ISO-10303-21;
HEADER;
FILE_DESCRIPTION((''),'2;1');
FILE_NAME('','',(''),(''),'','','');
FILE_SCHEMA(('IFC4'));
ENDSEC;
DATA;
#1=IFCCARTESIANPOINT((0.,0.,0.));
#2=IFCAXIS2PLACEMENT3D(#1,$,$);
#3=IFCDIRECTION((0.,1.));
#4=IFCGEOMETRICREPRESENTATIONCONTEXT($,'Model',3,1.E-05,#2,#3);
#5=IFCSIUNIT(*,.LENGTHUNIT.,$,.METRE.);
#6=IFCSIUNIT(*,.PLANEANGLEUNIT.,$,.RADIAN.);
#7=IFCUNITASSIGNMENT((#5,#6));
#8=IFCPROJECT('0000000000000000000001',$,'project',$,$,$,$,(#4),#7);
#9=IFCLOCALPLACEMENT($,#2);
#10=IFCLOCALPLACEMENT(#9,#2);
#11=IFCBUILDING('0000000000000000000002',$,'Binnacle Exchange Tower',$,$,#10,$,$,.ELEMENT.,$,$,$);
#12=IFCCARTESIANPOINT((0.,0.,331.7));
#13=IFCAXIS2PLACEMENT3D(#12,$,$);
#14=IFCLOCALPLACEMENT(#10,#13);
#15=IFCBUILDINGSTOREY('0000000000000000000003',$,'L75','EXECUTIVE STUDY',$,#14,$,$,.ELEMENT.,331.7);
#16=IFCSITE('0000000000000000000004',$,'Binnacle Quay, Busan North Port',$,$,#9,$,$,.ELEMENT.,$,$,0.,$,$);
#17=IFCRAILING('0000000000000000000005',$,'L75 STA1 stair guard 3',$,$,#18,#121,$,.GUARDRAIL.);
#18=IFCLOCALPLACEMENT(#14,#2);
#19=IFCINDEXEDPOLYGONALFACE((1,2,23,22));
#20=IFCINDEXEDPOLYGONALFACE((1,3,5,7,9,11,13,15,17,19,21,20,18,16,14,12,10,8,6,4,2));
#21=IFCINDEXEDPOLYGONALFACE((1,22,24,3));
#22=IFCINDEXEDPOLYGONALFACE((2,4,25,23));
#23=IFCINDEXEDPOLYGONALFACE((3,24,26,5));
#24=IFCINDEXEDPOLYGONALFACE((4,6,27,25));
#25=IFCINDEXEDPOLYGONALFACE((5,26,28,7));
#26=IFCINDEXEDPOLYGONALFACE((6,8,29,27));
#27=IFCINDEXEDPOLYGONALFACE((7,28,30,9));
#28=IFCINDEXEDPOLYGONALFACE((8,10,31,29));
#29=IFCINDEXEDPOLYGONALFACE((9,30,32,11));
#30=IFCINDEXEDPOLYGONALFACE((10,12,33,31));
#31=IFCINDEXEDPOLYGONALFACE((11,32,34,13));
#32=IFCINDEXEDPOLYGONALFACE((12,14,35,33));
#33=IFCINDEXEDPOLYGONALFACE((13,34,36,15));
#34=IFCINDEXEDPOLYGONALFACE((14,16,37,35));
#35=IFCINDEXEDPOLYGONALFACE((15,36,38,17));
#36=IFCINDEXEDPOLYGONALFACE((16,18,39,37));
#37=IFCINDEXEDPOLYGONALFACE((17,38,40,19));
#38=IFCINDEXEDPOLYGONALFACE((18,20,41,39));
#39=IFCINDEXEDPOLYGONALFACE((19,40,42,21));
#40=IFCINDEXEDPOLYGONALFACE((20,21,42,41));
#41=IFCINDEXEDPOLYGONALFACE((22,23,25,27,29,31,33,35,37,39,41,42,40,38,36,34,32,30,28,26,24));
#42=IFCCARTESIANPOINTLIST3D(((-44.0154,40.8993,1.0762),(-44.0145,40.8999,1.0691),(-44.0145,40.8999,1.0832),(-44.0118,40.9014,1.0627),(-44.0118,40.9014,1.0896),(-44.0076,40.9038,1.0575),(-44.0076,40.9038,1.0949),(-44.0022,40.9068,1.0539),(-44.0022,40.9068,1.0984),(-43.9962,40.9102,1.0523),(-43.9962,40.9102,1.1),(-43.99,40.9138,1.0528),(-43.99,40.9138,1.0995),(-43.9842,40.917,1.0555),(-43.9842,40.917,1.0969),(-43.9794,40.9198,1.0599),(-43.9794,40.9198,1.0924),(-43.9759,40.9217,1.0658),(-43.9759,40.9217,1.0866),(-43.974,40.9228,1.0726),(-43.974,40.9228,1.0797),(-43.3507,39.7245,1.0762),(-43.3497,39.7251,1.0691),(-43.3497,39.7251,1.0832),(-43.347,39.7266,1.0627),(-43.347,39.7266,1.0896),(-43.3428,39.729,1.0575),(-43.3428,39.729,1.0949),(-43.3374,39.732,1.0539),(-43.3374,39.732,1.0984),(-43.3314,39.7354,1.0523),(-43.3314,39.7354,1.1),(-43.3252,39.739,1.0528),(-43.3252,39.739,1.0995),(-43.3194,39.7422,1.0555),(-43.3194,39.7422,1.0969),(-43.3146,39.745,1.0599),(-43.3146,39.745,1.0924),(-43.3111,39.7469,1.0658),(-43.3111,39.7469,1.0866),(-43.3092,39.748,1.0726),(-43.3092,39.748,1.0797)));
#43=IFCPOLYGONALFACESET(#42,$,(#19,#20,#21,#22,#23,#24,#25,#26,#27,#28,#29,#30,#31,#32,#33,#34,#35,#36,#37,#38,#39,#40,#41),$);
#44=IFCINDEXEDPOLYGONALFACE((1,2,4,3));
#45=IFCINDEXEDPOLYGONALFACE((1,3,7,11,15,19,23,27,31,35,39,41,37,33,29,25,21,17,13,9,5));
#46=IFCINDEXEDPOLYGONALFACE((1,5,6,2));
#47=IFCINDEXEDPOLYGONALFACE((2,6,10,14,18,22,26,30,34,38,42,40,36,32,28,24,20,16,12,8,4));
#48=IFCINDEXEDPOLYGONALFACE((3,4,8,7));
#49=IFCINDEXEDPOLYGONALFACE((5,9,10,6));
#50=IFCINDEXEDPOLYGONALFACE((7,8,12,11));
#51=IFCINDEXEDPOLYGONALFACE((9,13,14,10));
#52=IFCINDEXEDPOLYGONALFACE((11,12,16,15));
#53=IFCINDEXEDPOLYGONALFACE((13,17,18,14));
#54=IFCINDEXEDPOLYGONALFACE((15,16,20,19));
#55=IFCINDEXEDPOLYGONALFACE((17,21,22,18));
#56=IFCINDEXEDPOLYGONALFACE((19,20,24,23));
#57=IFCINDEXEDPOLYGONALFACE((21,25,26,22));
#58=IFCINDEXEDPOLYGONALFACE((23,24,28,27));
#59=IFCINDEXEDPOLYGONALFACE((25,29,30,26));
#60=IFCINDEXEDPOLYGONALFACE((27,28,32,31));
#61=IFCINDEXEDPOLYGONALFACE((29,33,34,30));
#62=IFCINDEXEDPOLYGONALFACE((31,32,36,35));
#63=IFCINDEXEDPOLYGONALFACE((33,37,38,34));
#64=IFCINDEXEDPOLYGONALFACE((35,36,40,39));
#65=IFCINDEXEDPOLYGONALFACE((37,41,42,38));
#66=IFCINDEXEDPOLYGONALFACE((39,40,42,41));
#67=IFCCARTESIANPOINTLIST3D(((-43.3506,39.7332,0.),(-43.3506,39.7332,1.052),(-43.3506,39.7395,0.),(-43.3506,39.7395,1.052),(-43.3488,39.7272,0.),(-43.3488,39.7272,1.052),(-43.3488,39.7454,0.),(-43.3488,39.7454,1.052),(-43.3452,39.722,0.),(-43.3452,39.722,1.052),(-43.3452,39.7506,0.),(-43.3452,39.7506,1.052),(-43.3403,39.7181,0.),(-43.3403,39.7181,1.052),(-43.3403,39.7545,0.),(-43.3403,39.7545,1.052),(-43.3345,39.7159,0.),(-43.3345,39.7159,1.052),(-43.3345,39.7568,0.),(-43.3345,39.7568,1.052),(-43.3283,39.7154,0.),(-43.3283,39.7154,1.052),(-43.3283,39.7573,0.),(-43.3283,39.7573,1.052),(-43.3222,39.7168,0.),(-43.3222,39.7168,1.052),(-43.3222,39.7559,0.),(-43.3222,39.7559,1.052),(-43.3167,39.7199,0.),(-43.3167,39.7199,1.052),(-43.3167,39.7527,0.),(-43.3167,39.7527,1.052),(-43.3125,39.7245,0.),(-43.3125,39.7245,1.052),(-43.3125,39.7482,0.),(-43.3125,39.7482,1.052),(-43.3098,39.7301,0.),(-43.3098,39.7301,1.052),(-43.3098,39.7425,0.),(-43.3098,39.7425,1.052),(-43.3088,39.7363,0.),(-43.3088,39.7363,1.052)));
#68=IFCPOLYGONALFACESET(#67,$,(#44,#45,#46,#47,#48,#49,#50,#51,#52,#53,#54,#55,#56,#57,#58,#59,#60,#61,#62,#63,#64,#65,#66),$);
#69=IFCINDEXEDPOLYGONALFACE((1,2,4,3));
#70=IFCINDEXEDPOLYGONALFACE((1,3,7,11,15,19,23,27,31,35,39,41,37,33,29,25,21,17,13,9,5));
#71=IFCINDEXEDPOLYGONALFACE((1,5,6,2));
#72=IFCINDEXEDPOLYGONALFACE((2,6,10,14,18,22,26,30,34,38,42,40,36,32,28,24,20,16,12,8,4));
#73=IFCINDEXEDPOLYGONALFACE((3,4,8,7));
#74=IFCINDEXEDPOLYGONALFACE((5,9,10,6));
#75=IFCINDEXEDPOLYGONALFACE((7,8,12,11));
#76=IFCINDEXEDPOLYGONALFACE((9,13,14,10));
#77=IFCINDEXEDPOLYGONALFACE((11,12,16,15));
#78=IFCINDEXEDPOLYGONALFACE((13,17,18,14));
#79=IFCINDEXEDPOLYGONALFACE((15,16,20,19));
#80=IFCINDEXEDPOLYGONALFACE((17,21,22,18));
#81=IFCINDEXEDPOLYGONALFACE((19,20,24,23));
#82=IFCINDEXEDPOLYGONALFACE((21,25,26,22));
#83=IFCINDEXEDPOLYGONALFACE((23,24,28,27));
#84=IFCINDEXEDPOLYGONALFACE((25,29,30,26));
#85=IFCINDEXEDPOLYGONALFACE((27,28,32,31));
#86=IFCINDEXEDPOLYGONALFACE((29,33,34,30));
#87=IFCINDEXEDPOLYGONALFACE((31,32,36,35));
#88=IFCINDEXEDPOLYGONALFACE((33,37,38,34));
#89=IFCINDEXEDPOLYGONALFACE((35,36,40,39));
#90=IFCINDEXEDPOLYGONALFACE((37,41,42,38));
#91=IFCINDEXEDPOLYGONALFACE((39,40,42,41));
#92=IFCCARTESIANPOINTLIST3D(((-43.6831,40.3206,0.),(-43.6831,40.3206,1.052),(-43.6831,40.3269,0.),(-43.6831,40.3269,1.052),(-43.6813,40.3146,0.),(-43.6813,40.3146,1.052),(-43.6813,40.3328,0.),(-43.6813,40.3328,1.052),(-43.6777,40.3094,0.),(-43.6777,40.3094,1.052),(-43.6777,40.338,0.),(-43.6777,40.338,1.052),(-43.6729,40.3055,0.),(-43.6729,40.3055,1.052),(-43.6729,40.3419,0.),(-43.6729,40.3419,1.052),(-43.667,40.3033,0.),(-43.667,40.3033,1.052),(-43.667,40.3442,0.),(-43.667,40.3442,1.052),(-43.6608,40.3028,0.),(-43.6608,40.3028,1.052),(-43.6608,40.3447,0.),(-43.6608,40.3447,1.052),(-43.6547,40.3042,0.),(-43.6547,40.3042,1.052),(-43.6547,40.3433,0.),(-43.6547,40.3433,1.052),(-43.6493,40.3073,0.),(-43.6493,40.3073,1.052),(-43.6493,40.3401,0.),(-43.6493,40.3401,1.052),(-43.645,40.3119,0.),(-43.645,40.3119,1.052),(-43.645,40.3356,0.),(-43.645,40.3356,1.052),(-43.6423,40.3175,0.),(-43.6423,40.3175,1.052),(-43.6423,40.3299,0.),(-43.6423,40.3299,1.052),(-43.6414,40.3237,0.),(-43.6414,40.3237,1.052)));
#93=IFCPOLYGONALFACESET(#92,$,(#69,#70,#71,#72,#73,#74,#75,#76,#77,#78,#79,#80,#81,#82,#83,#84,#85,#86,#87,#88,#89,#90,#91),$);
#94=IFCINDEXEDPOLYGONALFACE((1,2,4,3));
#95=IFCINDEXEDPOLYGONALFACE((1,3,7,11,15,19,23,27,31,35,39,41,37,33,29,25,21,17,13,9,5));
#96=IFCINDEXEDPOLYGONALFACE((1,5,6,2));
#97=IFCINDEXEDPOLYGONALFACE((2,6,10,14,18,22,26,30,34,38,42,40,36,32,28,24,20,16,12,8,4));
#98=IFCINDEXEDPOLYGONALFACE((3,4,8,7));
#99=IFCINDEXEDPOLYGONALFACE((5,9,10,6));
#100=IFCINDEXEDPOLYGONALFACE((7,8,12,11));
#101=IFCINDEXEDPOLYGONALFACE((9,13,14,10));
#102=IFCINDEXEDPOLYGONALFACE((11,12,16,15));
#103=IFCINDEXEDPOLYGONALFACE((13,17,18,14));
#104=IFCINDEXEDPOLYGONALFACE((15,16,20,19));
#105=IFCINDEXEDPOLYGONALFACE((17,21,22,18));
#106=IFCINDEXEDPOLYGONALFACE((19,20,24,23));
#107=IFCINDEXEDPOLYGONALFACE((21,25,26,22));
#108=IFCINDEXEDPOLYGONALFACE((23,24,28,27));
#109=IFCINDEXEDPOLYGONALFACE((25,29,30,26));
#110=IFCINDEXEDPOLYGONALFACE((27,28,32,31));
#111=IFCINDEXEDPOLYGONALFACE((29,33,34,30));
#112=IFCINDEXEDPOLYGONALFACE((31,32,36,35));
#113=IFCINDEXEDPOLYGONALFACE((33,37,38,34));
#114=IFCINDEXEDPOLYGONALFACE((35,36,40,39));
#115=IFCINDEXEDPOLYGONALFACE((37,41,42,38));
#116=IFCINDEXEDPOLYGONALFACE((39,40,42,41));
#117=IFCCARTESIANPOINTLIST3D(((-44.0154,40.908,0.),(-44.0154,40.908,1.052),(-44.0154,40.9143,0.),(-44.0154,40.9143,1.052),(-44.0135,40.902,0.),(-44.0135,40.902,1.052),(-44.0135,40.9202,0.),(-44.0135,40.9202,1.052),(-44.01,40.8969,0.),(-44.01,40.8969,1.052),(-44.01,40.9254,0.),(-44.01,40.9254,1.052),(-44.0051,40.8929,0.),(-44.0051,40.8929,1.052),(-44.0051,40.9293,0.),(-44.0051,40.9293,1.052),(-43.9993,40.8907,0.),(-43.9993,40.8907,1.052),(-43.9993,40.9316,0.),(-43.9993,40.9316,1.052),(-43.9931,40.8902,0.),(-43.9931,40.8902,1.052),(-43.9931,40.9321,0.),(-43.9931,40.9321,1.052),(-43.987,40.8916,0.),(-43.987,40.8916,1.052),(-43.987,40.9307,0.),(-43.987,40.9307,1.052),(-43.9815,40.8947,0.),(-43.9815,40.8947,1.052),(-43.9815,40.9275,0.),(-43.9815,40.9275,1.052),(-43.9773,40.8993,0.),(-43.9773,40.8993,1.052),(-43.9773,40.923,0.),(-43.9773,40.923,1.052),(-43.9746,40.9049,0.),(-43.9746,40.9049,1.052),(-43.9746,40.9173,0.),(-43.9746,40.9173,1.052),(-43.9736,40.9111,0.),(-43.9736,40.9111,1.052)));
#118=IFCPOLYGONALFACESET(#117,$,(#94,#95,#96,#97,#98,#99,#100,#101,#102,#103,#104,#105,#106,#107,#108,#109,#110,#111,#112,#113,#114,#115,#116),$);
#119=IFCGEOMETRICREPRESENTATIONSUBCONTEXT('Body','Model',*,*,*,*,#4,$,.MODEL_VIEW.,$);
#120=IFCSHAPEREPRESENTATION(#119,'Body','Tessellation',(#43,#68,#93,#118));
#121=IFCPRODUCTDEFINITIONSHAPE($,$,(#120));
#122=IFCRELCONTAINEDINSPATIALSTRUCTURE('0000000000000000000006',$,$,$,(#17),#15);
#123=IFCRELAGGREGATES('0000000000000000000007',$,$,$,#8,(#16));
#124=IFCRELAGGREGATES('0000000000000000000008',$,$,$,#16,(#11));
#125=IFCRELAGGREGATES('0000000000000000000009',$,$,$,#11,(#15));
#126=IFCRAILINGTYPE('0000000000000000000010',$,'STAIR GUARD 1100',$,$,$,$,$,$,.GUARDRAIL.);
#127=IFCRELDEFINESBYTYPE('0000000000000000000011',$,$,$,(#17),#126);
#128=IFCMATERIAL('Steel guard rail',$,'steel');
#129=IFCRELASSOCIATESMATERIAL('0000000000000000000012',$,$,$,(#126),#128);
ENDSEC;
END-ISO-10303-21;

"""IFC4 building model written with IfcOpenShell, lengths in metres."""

from ifc_helpers import new_model, si_unit, direction, frame, origin, origin_2d, place, context, subcontext, project, spatial, circle, extrude, material, type_object, element, save


model = new_model("IFC4")

# Units and contexts
model_context = context("Model", 3, precision=1e-05, world=origin(), true_north=direction((0.0, 1.0)))
body_context = subcontext(model_context, "Body", "Model", "MODEL_VIEW")
ifc_project = project(units=[si_unit("LENGTHUNIT", "METRE"), si_unit("PLANEANGLEUNIT", "RADIAN")], contexts=[model_context])

# Site, building, storey
site_placement = place(None, origin())
site = spatial("IfcSite", under=ifc_project, at=site_placement, Name="Binnacle Quay, Busan North Port", CompositionType="ELEMENT", RefElevation=0.0)
building_placement = place(site_placement, origin())
building = spatial("IfcBuilding", under=site, at=building_placement, Name="Binnacle Exchange Tower", CompositionType="ELEMENT")
storey_placement = place(building_placement, frame((0.0, 0.0, 331.7)))
storey = spatial("IfcBuildingStorey", under=building, at=storey_placement, Name="L75", Description="EXECUTIVE STUDY", CompositionType="ELEMENT", Elevation=331.7)

# Railing
ifc_material_1 = material(Name="Steel guard rail", Category="steel")
railing_type = type_object("IfcRailingType", Name="STAIR GUARD 1100", PredefinedType="GUARDRAIL", material=ifc_material_1)
railing_placement = place(storey_placement, frame((-43.3298, 39.7363, 0.0)))
element("IfcRailing", 1, at=railing_placement, inside=storey, type_object=railing_type, Name="L75 STA1 stair guard 3", PredefinedType="GUARDRAIL", context=body_context, shape_type="SweptSolid", body=[
    extrude(circle(Radius=0.0239, at=origin_2d()), frame((0.0, 0.0, 1.0762), z_axis=(-0.492492, 0.870317, 0.0), x_axis=(-0.870317, -0.492492, 0.0)), (0.0, 0.0, 1.0), 1.3499),
    extrude(circle(Radius=0.021, at=origin_2d()), origin(), (0.0, 0.0, 1.0), 1.052),
    extrude(circle(Radius=0.021, at=origin_2d()), frame((-0.3325, 0.5874, 0.0)), (0.0, 0.0, 1.0), 1.052),
    extrude(circle(Radius=0.021, at=origin_2d()), frame((-0.6648, 1.1748, 0.0)), (0.0, 0.0, 1.0), 1.052),
])

save(model, "model.ifc")
